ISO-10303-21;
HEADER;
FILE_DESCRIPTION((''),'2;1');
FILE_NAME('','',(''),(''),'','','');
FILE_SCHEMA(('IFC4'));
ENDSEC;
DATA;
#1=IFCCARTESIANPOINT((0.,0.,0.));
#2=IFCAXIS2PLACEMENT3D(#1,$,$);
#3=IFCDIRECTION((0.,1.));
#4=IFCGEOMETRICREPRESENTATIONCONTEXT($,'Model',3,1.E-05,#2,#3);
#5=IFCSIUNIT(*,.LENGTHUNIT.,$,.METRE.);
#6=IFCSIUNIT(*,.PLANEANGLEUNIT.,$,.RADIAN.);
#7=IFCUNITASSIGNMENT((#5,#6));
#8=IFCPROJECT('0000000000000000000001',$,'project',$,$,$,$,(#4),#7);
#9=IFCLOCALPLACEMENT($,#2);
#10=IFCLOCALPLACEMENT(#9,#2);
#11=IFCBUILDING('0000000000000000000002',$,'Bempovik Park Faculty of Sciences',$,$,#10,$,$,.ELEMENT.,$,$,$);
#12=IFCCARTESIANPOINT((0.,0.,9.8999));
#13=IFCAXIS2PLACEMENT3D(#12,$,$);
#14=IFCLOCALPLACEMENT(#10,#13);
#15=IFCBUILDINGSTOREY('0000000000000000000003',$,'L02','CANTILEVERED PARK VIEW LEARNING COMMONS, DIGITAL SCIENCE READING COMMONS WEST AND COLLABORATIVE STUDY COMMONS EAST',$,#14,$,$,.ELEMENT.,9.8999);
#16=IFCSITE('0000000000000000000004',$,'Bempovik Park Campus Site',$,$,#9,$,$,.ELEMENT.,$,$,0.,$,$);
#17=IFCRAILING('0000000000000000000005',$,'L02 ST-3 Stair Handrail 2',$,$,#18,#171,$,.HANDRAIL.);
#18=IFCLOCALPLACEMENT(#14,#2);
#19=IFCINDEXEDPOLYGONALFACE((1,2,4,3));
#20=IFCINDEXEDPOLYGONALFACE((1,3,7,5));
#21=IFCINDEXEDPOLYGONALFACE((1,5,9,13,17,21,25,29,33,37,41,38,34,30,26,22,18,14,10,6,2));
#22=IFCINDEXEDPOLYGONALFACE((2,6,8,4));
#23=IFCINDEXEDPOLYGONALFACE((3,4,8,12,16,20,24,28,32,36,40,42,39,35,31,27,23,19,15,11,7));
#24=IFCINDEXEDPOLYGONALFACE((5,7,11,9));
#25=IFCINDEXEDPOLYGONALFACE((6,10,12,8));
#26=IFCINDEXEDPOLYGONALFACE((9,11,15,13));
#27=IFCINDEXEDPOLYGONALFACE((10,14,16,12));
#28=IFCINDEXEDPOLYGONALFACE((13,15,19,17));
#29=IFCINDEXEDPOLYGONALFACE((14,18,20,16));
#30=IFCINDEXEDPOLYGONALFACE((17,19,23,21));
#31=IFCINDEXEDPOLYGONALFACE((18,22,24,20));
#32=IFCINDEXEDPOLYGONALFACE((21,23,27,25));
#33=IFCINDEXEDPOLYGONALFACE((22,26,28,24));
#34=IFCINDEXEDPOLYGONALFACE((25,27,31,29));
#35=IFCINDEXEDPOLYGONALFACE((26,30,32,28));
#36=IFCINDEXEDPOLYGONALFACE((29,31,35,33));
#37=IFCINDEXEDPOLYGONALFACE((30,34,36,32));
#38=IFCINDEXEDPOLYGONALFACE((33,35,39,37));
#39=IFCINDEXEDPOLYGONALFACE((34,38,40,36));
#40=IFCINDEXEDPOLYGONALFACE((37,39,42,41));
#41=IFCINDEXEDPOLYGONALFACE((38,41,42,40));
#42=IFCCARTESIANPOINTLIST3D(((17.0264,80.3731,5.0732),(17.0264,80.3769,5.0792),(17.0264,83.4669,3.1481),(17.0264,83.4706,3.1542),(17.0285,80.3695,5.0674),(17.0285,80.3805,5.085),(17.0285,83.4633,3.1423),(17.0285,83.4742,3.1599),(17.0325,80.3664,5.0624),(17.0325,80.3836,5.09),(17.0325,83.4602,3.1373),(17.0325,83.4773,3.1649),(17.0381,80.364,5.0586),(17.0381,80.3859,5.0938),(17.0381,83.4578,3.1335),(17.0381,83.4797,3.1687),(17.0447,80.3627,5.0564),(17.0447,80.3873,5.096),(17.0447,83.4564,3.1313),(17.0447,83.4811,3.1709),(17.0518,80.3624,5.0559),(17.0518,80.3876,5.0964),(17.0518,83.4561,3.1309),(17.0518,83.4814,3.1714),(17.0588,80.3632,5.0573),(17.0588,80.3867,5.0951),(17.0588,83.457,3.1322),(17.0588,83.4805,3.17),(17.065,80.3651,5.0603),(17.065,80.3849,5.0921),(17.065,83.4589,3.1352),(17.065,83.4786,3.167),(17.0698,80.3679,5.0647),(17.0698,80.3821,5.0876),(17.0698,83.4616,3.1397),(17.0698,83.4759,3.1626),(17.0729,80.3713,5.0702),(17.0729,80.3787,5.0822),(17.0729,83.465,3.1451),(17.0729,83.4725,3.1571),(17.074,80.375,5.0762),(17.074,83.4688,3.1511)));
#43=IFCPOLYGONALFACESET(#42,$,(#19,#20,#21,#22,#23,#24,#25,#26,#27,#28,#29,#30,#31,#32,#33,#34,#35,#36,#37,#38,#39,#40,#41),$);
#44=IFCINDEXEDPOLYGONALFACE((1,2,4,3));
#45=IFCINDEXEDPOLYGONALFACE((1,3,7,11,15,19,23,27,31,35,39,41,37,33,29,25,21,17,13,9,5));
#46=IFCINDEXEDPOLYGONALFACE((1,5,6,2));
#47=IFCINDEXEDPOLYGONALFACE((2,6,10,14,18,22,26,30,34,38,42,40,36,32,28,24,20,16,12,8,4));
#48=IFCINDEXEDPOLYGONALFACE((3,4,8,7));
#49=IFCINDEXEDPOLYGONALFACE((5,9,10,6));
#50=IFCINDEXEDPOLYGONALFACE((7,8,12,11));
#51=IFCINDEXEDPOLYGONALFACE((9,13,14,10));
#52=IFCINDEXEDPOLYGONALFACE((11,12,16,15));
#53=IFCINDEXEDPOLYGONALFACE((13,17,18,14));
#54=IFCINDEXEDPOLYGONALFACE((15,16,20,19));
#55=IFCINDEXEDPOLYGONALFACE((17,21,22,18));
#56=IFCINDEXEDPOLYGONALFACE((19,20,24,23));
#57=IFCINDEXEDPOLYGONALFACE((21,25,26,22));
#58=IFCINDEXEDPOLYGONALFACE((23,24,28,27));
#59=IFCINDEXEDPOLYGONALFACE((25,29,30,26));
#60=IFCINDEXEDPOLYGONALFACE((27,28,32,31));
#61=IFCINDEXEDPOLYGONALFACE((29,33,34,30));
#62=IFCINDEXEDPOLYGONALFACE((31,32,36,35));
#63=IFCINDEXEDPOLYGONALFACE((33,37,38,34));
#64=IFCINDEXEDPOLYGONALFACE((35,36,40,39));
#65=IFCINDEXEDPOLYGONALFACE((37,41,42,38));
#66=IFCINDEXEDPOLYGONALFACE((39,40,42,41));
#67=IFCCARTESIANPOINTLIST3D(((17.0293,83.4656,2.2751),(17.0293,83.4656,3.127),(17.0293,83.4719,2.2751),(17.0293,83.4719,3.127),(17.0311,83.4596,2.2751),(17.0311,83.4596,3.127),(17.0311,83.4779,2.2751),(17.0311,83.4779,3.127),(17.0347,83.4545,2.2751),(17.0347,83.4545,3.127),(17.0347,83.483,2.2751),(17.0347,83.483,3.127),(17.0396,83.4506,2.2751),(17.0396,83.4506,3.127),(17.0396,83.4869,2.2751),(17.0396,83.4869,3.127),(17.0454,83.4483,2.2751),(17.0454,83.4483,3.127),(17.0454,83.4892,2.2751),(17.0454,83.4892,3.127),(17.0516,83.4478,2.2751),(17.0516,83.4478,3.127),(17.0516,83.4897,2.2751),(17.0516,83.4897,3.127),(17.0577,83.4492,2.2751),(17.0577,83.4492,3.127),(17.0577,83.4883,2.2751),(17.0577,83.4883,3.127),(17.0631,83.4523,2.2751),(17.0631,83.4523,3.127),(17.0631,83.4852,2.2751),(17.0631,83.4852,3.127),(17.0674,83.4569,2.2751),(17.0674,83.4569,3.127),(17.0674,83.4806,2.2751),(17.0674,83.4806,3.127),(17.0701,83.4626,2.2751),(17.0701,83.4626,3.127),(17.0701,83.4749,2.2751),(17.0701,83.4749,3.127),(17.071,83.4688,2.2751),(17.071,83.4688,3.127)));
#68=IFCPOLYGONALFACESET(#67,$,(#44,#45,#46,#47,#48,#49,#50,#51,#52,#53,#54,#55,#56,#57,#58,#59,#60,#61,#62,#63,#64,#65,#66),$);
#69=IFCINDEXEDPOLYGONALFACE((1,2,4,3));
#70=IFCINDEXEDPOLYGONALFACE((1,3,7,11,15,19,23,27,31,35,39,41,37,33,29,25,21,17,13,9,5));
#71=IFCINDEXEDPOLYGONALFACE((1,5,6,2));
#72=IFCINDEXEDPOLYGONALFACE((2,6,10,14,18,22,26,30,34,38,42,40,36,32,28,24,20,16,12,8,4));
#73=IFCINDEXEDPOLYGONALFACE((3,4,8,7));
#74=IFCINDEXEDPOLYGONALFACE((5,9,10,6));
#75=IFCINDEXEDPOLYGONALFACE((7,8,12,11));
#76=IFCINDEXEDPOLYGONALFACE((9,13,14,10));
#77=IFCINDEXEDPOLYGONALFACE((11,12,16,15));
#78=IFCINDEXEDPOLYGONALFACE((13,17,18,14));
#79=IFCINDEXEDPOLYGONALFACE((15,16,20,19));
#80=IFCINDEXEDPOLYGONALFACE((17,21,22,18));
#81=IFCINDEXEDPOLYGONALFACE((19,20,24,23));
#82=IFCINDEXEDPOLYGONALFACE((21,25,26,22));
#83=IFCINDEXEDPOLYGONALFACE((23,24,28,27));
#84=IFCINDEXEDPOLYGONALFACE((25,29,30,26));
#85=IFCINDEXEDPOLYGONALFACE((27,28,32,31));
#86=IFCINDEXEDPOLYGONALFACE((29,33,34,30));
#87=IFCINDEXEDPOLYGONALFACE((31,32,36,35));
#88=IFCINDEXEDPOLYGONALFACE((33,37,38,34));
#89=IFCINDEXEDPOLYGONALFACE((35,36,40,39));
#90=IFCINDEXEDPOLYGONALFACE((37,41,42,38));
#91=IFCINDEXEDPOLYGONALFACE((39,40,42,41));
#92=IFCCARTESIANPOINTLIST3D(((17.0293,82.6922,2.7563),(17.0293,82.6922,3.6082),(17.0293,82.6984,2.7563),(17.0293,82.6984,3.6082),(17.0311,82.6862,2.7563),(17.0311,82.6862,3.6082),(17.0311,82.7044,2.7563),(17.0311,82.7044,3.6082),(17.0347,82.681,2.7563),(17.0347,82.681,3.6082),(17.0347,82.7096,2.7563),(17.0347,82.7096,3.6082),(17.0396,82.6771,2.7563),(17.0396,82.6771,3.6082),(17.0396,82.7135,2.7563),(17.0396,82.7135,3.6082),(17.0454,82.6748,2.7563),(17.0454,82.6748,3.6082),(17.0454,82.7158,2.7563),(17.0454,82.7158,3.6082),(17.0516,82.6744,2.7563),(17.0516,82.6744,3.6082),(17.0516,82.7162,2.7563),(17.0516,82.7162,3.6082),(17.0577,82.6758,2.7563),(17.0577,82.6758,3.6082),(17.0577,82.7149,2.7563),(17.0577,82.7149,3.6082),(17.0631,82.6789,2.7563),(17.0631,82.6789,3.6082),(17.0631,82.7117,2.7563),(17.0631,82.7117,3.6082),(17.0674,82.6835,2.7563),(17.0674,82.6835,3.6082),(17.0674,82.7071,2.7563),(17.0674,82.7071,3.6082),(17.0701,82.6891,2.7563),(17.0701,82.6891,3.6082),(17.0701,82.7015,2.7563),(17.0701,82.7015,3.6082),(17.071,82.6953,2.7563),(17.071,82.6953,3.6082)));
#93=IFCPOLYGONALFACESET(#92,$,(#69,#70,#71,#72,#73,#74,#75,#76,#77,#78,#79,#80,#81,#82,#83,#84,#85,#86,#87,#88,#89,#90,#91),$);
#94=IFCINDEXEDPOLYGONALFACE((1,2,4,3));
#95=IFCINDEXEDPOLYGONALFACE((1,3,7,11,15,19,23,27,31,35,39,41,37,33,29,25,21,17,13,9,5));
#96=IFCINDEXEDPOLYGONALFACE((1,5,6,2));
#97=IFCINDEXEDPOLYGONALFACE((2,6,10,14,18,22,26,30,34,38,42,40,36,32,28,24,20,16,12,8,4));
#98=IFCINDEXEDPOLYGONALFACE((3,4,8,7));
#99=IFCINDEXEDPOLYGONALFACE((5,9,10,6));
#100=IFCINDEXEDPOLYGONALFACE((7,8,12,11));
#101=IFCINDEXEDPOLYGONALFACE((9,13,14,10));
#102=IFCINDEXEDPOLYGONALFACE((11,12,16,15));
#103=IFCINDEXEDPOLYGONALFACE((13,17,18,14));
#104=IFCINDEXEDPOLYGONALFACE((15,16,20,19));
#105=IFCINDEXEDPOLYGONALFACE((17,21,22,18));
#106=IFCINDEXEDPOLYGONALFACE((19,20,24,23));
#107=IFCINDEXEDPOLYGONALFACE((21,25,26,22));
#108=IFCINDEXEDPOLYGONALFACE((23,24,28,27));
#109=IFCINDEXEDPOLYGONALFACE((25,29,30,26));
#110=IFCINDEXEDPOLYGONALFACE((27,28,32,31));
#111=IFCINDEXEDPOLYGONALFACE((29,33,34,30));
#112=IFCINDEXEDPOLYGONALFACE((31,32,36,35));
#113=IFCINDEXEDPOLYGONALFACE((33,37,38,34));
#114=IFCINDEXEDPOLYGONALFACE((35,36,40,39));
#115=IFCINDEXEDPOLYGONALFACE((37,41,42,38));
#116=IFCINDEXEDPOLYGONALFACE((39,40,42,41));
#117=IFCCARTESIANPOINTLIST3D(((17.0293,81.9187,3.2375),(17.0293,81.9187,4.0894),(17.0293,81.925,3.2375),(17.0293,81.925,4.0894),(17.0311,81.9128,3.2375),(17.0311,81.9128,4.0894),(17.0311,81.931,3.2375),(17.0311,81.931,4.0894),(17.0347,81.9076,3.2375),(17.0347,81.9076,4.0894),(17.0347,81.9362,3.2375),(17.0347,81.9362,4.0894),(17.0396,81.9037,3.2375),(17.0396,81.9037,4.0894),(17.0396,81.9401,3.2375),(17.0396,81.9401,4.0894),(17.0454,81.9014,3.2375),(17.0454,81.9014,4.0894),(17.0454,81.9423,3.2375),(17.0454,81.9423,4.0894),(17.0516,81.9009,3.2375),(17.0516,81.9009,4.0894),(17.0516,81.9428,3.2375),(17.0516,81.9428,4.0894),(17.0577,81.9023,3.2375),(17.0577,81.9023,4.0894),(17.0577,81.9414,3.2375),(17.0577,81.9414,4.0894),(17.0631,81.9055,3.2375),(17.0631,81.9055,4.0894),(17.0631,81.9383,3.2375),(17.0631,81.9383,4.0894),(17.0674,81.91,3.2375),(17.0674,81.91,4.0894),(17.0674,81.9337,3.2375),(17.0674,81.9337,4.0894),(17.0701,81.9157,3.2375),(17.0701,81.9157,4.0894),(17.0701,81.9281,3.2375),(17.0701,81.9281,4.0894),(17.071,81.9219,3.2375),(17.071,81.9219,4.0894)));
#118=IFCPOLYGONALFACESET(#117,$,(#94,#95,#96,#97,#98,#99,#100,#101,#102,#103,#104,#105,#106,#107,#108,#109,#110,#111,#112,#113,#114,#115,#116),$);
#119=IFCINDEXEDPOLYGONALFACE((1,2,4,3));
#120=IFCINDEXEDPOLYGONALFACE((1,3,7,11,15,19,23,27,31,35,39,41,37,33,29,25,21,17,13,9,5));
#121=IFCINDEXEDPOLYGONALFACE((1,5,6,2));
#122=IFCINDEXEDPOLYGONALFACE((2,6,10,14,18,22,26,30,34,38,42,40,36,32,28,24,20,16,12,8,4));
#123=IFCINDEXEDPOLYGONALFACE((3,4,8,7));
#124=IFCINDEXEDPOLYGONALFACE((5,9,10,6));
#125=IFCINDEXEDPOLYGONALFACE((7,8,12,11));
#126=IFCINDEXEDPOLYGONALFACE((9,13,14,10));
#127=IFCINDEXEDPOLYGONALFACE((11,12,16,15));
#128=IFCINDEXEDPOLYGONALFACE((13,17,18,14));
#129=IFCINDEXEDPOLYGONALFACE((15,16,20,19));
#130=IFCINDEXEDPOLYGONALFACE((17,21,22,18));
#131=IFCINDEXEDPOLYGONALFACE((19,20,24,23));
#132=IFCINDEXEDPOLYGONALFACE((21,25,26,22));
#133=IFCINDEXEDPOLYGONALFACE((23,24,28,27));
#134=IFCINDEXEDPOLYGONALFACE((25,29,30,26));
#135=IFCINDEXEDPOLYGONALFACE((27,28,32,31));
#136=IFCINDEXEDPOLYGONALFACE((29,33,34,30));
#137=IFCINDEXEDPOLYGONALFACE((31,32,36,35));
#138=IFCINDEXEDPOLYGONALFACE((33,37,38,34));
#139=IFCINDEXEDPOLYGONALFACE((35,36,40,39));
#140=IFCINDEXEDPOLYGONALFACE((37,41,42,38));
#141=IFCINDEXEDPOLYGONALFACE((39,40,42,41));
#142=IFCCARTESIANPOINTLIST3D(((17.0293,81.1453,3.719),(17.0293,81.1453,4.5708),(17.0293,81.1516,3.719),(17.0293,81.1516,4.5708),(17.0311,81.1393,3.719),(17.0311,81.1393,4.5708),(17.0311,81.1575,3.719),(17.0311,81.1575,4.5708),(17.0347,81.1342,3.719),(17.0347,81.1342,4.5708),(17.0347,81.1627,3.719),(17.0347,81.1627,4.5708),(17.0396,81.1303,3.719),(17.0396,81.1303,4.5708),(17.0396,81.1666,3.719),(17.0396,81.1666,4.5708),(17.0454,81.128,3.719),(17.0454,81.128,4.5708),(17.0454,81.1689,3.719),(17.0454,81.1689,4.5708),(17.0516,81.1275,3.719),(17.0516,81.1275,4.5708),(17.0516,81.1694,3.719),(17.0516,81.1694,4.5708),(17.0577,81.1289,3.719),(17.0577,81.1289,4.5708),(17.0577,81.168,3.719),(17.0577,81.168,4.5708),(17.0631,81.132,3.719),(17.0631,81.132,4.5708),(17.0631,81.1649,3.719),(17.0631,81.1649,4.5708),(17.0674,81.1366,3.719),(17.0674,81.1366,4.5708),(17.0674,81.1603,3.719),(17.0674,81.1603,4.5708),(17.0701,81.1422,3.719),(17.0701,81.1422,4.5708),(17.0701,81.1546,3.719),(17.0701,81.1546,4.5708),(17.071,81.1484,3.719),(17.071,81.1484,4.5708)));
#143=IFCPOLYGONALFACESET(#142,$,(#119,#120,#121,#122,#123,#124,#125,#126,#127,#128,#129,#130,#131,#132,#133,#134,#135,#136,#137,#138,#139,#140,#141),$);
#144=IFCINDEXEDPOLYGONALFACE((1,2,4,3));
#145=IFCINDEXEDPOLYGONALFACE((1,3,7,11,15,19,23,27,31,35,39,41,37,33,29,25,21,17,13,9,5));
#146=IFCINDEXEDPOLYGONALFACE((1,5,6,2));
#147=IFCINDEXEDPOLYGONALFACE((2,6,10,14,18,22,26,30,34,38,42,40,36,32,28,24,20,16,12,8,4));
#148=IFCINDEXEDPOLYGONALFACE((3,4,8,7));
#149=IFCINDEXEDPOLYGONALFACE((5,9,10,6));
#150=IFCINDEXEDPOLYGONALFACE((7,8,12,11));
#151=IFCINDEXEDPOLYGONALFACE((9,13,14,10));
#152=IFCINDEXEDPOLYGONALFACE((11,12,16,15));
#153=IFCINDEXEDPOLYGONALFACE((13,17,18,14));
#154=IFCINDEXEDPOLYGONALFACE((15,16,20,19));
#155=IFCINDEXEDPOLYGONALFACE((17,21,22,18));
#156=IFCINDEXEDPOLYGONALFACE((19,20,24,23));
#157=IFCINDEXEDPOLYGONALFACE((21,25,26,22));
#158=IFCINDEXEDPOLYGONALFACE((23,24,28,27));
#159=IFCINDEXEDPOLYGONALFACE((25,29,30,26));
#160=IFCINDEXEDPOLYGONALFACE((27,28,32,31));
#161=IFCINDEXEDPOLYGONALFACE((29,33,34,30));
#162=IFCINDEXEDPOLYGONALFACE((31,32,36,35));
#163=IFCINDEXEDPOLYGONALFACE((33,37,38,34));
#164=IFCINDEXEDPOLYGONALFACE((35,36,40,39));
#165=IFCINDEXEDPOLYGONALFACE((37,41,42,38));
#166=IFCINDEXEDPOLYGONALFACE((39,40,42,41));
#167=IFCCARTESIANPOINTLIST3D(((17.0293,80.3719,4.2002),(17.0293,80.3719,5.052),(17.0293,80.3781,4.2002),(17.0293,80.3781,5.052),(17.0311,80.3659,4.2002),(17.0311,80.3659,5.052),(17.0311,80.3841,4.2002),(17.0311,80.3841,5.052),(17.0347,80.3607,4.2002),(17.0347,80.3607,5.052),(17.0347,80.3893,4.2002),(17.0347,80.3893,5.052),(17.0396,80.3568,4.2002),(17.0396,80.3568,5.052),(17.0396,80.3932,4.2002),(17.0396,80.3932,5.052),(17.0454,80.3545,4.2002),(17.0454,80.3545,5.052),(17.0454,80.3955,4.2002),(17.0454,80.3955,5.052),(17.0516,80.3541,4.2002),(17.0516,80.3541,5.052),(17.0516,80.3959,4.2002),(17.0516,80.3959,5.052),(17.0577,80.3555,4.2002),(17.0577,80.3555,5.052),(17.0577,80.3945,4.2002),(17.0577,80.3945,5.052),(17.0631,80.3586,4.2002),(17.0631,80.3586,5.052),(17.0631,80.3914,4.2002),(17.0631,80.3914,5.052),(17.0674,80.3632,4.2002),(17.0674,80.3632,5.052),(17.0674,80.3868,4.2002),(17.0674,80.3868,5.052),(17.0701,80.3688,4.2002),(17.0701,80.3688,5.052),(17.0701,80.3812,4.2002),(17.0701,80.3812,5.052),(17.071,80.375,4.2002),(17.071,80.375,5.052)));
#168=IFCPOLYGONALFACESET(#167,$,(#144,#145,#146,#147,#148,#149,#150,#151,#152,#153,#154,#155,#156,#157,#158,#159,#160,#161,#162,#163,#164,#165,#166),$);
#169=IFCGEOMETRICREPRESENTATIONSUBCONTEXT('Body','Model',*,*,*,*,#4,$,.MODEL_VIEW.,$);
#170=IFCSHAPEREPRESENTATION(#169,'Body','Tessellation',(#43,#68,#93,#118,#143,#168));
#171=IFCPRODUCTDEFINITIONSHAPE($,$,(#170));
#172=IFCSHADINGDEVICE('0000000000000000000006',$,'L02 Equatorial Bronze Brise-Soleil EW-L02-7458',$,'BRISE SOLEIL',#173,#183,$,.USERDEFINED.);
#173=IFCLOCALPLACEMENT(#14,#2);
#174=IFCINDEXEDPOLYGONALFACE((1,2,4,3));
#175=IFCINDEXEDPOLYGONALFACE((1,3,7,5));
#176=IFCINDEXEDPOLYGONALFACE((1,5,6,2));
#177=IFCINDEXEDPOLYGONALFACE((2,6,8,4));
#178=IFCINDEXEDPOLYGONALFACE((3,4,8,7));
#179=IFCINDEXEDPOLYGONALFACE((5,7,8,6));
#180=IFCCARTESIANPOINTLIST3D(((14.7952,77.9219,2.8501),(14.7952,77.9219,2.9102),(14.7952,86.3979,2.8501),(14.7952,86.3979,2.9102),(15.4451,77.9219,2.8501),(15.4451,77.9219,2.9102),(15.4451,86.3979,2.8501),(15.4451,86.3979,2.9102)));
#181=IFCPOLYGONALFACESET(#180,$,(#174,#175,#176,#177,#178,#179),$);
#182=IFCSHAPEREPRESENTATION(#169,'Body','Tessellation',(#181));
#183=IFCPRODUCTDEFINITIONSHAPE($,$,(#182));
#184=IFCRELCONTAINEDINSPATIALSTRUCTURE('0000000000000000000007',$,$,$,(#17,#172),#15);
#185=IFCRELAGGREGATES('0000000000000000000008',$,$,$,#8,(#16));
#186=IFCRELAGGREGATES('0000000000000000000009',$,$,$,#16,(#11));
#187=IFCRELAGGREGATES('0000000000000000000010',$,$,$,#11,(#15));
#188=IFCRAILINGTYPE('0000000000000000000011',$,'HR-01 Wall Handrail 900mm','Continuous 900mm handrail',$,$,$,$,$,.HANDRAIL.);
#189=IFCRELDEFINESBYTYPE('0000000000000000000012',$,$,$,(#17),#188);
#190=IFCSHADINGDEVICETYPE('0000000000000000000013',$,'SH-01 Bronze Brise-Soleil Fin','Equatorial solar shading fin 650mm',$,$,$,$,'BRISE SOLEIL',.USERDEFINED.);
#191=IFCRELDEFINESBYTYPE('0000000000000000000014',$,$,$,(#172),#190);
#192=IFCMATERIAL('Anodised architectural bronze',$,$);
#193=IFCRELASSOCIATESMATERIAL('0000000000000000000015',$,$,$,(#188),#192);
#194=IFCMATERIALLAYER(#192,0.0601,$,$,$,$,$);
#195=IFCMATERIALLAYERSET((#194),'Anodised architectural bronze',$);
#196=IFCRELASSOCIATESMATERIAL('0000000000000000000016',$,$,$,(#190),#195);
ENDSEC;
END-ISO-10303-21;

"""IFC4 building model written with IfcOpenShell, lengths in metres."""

from ifc_helpers import new_model, si_unit, direction, frame, origin, origin_2d, place, context, subcontext, project, spatial, rectangle, circle, extrude, material, layer, layer_set, type_object, element, save


model = new_model("IFC4")

# Units and contexts
model_context = context("Model", 3, precision=1e-05, world=origin(), true_north=direction((0.0, 1.0)))
body_context = subcontext(model_context, "Body", "Model", "MODEL_VIEW")
ifc_project = project(units=[si_unit("LENGTHUNIT", "METRE"), si_unit("PLANEANGLEUNIT", "RADIAN")], contexts=[model_context])

# Site, building, storey
site_placement = place(None, origin())
site = spatial("IfcSite", under=ifc_project, at=site_placement, Name="Bempovik Park Campus Site", CompositionType="ELEMENT", RefElevation=0.0)
building_placement = place(site_placement, origin())
building = spatial("IfcBuilding", under=site, at=building_placement, Name="Bempovik Park Faculty of Sciences", CompositionType="ELEMENT")
storey_placement = place(building_placement, frame((0.0, 0.0, 9.8999)))
storey = spatial("IfcBuildingStorey", under=building, at=storey_placement, Name="L02", Description="CANTILEVERED PARK VIEW LEARNING COMMONS, DIGITAL SCIENCE READING COMMONS WEST AND COLLABORATIVE STUDY COMMONS EAST", CompositionType="ELEMENT", Elevation=9.8999)

# Railing
ifc_material_1 = material(Name="Anodised architectural bronze")
railing_type = type_object("IfcRailingType", Name="HR-01 Wall Handrail 900mm", Description="Continuous 900mm handrail", PredefinedType="HANDRAIL", material=ifc_material_1)
railing_placement = place(storey_placement, frame((17.05, 83.4688, 2.2751)))
element("IfcRailing", 1, at=railing_placement, inside=storey, type_object=railing_type, Name="L02 ST-3 Stair Handrail 2", PredefinedType="HANDRAIL", context=body_context, shape_type="SweptSolid", body=[
    extrude(circle(Radius=0.0239, at=origin_2d()), frame((0.0, 0.0, 0.876), z_axis=(0.0, -0.849051, 0.528312), x_axis=(1.0, 0.0, 0.0)), (0.0, 0.0, 1.0), 3.6438),
    extrude(circle(Radius=0.021, at=origin_2d()), origin(), (0.0, 0.0, 1.0), 0.8518),
    extrude(circle(Radius=0.021, at=origin_2d()), frame((0.0, -0.7734, 0.4812)), (0.0, 0.0, 1.0), 0.8518),
    extrude(circle(Radius=0.021, at=origin_2d()), frame((0.0, -1.5469, 0.9624)), (0.0, 0.0, 1.0), 0.8518),
    extrude(circle(Radius=0.021, at=origin_2d()), frame((0.0, -2.3203, 1.4438)), (0.0, 0.0, 1.0), 0.8518),
    extrude(circle(Radius=0.021, at=origin_2d()), frame((0.0, -3.0938, 1.925)), (0.0, 0.0, 1.0), 0.8518),
])

# Shading device
ifc_layer_1 = layer(ifc_material_1, 0.0601)
ifc_layer_set_1 = layer_set([ifc_layer_1], Name="Anodised architectural bronze")
shading_device_type = type_object("IfcShadingDeviceType", Name="SH-01 Bronze Brise-Soleil Fin", Description="Equatorial solar shading fin 650mm", ElementType="BRISE SOLEIL", PredefinedType="USERDEFINED", material=ifc_layer_set_1)
shading_device_placement = place(storey_placement, frame((15.1201, 82.1599, 2.8501), z_axis=(0.0, 0.0, 1.0), x_axis=(1.0, 0.0, 0.0)))
element("IfcShadingDevice", 2, at=shading_device_placement, inside=storey, type_object=shading_device_type, Name="L02 Equatorial Bronze Brise-Soleil EW-L02-7458", ObjectType="BRISE SOLEIL", PredefinedType="USERDEFINED", context=body_context, shape_type="SweptSolid", body=[
    extrude(rectangle(XDim=0.6499, YDim=8.4761, at=origin_2d()), origin(), (0.0, 0.0, 1.0), 0.0601),
])

save(model, "model.ifc")
